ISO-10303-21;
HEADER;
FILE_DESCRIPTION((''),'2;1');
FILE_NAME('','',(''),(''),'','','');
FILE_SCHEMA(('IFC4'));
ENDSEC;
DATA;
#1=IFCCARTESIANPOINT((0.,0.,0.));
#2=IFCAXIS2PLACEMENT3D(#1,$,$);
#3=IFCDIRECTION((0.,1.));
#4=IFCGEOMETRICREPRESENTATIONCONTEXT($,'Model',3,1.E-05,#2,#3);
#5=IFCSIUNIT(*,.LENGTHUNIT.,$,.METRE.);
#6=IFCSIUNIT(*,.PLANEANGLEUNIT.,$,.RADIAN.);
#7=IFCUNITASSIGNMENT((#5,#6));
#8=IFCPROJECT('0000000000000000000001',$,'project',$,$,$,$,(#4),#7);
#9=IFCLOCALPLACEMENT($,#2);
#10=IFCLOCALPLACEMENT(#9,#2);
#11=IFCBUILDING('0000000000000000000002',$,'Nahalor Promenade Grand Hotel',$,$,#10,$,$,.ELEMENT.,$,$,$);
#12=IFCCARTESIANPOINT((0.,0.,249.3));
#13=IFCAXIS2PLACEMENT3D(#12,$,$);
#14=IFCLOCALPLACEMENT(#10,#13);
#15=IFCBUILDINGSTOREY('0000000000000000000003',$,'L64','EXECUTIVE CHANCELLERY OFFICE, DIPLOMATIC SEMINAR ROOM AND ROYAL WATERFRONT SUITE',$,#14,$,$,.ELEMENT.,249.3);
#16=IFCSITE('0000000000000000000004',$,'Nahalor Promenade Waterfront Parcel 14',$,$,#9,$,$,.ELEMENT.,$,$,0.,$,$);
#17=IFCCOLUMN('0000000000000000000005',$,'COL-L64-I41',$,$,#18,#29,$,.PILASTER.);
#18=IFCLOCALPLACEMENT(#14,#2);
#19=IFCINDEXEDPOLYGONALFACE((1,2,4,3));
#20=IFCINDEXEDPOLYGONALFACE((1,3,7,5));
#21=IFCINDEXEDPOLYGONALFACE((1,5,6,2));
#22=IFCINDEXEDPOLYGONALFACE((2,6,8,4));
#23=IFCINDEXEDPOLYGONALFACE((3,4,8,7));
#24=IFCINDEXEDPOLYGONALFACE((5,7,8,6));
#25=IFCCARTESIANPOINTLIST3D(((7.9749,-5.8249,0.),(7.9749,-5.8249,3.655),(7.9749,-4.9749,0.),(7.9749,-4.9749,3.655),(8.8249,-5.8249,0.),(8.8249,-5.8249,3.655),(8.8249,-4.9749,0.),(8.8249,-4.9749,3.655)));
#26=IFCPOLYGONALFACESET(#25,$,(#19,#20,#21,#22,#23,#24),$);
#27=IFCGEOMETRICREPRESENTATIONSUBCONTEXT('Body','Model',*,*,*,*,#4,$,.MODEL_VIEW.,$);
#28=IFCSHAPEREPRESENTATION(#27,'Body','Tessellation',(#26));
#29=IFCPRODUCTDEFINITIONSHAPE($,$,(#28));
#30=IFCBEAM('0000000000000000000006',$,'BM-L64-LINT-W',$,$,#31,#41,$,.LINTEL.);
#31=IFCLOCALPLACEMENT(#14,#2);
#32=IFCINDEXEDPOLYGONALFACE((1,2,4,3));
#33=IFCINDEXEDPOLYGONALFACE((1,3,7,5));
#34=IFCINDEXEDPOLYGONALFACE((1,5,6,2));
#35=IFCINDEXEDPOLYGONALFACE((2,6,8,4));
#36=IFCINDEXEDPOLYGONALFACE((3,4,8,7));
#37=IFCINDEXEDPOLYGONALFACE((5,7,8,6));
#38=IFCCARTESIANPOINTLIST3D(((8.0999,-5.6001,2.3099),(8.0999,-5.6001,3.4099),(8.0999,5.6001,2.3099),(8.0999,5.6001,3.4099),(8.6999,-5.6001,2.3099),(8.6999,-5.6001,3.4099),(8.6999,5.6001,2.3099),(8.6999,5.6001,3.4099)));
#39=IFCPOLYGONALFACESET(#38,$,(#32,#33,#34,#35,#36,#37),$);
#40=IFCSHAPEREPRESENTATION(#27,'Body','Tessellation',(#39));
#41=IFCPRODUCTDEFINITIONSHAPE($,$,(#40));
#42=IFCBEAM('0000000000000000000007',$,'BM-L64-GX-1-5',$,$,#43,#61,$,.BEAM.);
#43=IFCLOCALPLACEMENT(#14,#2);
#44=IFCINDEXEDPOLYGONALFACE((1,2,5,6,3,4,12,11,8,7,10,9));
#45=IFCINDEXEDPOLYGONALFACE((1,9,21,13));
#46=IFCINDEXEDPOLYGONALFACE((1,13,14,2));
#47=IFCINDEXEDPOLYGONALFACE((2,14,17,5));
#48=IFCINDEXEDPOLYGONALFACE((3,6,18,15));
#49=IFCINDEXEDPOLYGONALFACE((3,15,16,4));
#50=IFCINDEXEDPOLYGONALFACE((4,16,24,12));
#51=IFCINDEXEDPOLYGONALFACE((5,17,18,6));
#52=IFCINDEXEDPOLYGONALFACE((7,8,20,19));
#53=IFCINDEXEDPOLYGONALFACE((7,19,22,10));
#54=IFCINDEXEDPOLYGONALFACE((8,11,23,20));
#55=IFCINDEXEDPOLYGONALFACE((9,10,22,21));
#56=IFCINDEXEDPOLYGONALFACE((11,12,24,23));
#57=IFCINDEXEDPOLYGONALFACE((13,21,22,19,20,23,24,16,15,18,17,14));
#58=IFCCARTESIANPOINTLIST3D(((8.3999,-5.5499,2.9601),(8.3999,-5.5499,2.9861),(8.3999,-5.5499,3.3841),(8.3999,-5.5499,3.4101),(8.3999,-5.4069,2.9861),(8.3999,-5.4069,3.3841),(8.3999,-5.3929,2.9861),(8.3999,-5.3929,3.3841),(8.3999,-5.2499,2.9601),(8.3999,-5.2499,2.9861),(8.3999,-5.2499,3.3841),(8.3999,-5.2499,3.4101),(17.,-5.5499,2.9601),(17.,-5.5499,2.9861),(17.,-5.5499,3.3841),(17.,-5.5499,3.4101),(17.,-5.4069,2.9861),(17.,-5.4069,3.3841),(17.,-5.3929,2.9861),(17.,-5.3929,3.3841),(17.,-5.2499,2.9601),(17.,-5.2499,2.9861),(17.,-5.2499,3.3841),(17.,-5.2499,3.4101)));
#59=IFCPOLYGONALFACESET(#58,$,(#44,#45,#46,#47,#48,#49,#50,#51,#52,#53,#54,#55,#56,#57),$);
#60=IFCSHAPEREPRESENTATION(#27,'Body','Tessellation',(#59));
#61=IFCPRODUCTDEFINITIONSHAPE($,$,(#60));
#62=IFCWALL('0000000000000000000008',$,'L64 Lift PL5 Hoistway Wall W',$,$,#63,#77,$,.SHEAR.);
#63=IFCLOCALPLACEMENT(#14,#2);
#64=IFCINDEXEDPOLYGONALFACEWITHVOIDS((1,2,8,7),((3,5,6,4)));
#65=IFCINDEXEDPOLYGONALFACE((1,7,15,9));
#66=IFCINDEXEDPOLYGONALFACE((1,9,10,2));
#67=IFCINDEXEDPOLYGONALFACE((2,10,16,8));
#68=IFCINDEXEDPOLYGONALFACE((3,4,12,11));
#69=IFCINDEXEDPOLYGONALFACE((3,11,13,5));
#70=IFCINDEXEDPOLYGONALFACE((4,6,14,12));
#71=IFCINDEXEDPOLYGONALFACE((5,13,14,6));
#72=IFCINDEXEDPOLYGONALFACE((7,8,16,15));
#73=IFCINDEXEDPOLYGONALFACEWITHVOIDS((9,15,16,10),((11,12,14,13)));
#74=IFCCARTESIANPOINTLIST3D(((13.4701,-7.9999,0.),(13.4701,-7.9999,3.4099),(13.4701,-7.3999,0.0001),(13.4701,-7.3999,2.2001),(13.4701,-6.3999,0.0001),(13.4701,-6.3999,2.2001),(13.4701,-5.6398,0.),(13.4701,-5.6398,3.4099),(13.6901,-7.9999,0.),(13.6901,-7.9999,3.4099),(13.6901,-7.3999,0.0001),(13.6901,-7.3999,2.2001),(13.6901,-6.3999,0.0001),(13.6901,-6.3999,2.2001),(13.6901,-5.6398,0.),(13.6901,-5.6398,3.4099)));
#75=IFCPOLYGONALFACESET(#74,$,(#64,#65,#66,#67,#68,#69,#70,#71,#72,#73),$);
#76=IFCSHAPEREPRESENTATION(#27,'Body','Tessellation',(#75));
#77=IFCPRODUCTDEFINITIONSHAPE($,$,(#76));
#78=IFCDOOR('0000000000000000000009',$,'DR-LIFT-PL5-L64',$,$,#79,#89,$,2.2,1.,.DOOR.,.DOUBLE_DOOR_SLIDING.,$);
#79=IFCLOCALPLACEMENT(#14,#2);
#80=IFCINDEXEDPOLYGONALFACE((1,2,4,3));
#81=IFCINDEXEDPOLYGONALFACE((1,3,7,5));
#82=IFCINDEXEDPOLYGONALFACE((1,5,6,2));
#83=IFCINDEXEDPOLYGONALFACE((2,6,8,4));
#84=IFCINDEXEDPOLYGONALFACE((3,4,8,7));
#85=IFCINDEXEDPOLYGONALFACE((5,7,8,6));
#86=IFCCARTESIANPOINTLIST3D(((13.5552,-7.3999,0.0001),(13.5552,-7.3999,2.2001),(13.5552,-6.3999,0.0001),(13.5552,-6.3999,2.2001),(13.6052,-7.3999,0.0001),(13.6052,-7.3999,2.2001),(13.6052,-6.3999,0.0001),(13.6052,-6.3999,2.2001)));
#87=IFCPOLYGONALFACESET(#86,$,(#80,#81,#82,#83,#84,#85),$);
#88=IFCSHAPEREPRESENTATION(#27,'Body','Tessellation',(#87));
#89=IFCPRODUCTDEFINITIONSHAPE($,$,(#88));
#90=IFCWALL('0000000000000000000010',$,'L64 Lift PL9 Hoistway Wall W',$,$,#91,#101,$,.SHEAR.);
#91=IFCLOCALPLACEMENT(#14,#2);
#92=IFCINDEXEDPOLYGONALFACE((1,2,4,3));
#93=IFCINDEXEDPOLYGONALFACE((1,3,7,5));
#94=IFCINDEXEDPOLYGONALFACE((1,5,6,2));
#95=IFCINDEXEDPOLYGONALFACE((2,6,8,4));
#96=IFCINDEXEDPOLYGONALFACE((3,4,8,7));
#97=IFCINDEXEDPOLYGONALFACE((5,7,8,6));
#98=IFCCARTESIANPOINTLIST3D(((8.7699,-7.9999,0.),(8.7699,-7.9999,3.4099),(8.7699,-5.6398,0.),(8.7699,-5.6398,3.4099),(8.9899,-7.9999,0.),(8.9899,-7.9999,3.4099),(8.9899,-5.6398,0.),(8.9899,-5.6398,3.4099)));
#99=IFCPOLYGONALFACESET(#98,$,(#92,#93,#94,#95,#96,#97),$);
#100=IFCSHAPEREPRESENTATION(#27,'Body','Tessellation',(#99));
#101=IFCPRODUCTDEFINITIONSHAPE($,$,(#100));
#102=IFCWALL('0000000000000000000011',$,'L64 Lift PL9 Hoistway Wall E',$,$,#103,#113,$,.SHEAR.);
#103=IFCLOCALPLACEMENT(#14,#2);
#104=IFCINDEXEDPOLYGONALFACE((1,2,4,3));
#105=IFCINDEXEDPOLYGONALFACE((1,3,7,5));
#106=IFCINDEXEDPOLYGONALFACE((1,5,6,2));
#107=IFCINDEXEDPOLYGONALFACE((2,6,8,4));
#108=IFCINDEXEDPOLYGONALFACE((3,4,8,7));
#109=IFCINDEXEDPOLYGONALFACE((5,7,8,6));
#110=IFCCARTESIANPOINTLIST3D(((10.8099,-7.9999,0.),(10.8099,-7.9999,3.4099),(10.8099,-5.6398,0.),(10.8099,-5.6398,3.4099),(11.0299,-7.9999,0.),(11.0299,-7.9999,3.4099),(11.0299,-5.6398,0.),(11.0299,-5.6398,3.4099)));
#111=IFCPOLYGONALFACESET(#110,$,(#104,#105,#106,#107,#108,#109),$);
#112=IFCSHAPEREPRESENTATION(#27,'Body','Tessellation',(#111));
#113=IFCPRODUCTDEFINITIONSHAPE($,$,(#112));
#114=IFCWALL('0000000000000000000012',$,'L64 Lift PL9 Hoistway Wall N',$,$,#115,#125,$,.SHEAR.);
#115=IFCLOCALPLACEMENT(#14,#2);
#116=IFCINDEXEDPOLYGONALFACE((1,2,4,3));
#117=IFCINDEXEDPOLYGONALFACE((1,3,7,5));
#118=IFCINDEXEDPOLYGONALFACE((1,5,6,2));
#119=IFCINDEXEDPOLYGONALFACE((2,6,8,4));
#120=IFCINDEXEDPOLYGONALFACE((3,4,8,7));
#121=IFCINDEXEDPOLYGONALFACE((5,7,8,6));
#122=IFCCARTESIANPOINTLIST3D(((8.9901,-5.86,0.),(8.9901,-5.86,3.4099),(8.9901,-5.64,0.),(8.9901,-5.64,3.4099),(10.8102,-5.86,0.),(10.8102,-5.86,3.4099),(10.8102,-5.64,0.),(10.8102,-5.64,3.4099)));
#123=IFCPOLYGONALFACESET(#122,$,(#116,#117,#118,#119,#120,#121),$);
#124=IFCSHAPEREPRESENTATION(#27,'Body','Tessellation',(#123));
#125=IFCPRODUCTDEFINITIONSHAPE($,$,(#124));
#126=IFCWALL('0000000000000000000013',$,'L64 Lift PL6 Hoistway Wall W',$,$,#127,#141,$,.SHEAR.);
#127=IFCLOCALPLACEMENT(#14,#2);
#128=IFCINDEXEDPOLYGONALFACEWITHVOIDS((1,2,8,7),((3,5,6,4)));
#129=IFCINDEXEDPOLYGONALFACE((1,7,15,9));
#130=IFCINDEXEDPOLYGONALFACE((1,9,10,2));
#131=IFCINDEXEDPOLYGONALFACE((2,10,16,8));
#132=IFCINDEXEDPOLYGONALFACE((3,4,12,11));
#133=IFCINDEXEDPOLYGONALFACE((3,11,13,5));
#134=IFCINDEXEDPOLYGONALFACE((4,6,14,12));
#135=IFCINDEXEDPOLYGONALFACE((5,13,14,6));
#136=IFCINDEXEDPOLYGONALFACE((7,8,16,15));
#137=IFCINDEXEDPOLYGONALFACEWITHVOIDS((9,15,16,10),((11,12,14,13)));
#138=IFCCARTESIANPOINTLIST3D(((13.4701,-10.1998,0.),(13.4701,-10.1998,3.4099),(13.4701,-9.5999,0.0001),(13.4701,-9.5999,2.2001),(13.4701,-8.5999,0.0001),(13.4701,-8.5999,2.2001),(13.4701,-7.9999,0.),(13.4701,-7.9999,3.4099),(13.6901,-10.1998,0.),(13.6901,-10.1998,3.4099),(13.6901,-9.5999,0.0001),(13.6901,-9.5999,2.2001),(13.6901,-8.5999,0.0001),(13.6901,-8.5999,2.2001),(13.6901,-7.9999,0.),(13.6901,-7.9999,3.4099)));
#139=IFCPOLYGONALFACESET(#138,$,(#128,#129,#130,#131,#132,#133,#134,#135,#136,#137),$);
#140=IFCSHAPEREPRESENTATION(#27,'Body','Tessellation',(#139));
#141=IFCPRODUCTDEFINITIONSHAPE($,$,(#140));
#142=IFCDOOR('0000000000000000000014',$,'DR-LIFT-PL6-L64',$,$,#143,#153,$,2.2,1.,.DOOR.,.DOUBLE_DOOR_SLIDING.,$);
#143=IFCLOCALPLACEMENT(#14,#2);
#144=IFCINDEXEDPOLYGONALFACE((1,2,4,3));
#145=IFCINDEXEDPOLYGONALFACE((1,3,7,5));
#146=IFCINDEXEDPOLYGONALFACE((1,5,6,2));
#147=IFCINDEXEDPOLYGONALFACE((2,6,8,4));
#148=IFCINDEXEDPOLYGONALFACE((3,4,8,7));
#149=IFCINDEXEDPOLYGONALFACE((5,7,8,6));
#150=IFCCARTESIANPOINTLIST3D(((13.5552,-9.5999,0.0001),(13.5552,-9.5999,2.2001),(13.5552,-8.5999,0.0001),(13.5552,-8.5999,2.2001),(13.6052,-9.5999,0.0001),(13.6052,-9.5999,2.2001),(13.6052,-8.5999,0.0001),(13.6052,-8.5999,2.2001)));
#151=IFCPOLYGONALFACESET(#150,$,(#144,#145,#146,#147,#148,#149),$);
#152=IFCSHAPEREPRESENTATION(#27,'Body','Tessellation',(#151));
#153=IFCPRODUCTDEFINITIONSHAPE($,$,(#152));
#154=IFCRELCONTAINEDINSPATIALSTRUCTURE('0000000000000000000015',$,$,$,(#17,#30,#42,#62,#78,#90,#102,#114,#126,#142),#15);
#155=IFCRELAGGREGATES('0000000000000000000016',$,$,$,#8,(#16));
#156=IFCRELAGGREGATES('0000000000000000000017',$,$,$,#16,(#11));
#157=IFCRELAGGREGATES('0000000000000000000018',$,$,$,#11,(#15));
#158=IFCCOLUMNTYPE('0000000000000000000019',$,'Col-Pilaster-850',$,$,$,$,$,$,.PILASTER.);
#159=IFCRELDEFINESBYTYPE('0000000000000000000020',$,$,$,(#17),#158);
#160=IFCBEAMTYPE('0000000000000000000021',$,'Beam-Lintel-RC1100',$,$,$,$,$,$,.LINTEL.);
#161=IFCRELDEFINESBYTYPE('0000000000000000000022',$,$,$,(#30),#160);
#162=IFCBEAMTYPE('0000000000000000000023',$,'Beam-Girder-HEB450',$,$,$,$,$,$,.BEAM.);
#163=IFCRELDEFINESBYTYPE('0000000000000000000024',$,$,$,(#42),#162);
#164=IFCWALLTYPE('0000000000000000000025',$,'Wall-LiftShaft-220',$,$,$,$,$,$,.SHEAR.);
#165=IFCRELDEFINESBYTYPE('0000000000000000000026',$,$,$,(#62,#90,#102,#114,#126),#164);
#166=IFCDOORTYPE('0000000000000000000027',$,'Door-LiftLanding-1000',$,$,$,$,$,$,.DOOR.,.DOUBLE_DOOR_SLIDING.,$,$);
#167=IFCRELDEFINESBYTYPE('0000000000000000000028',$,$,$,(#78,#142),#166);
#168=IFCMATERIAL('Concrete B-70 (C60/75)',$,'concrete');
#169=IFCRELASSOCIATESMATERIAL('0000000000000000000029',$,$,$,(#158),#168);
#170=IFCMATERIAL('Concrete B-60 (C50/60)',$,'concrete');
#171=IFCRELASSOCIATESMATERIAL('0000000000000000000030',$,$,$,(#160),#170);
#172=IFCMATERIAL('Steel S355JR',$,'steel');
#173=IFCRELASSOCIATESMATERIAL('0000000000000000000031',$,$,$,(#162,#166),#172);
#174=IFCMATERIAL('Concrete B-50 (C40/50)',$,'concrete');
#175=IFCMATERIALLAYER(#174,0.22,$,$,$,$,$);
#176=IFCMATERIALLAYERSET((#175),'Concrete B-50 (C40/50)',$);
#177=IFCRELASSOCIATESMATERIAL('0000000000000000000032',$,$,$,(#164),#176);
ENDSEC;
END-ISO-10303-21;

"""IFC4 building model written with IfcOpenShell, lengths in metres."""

from ifc_helpers import new_model, si_unit, direction, frame, frame_2d, origin, origin_2d, place, context, subcontext, project, spatial, rectangle, i_section, extrude, source, transform, mapped, material, layer, layer_set, material_profile, profile_set, type_object, element, fill, save


model = new_model("IFC4")

# Units and contexts
model_context = context("Model", 3, precision=1e-05, world=origin(), true_north=direction((0.0, 1.0)))
body_context = subcontext(model_context, "Body", "Model", "MODEL_VIEW")
ifc_project = project(units=[si_unit("LENGTHUNIT", "METRE"), si_unit("PLANEANGLEUNIT", "RADIAN")], contexts=[model_context])

# Site, building, storey
site_placement = place(None, origin())
site = spatial("IfcSite", under=ifc_project, at=site_placement, Name="Nahalor Promenade Waterfront Parcel 14", CompositionType="ELEMENT", RefElevation=0.0)
building_placement = place(site_placement, origin())
building = spatial("IfcBuilding", under=site, at=building_placement, Name="Nahalor Promenade Grand Hotel", CompositionType="ELEMENT")
storey_placement = place(building_placement, frame((0.0, 0.0, 249.3)))
storey = spatial("IfcBuildingStorey", under=building, at=storey_placement, Name="L64", Description="EXECUTIVE CHANCELLERY OFFICE, DIPLOMATIC SEMINAR ROOM AND ROYAL WATERFRONT SUITE", CompositionType="ELEMENT", Elevation=249.3)

# Column
ifc_material_1 = material(Name="Concrete B-70 (C60/75)", Category="concrete")
ifc_material_profile_1 = material_profile(ifc_material_1, rectangle(XDim=0.85, YDim=0.85, at=origin_2d()), Name="RC 850x850")
ifc_profile_set_1 = profile_set([ifc_material_profile_1], Name="Concrete B-70 (C60/75)")
column_type = type_object("IfcColumnType", Name="Col-Pilaster-850", PredefinedType="PILASTER", material=ifc_profile_set_1)
shared_shape_1 = source(origin(), body_context, "Body", "SweptSolid", [
    extrude(rectangle(XDim=0.85, YDim=0.85, at=origin_2d()), origin(), (0.0, 0.0, 1.0), 3.655),
])
column_placement = place(storey_placement, frame((8.3999, -5.3999, 0.0), z_axis=(0.0, 0.0, 1.0), x_axis=(1.0, 0.0, 0.0)))
element("IfcColumn", 1, at=column_placement, inside=storey, type_object=column_type, Name="COL-L64-I41", PredefinedType="PILASTER", context=body_context, shape_type="MappedRepresentation", body=[
    mapped(shared_shape_1, transform((0.0, 0.0, 0.0), scale=1.0)),
])

# Beams
ifc_material_2 = material(Name="Concrete B-60 (C50/60)", Category="concrete")
ifc_material_profile_2 = material_profile(ifc_material_2, rectangle(XDim=0.6, YDim=1.1, at=origin_2d()), Name="RC 600x1100")
ifc_profile_set_2 = profile_set([ifc_material_profile_2], Name="Concrete B-60 (C50/60)")
beam_type_1 = type_object("IfcBeamType", Name="Beam-Lintel-RC1100", PredefinedType="LINTEL", material=ifc_profile_set_2)
shared_shape_2 = source(origin(), body_context, "Body", "SweptSolid", [
    extrude(rectangle(XDim=0.6, YDim=1.1, at=origin_2d()), origin(), (0.0, 0.0, 1.0), 11.2002),
])
beam_1_placement = place(storey_placement, frame((8.3999, -5.6001, 2.8599), z_axis=(0.0, 1.0, 0.0), x_axis=(-1.0, 0.0, 0.0)))
element("IfcBeam", 2, at=beam_1_placement, inside=storey, type_object=beam_type_1, Name="BM-L64-LINT-W", PredefinedType="LINTEL", context=body_context, shape_type="MappedRepresentation", body=[
    mapped(shared_shape_2, transform((0.0, 0.0, 0.0), scale=1.0)),
])
ifc_material_3 = material(Name="Steel S355JR", Category="steel")
ifc_material_profile_3 = material_profile(ifc_material_3, i_section(OverallWidth=0.3, OverallDepth=0.45, WebThickness=0.014, FlangeThickness=0.026, at=origin_2d()), Name="HEB 450")
ifc_profile_set_3 = profile_set([ifc_material_profile_3], Name="Steel S355JR")
beam_type_2 = type_object("IfcBeamType", Name="Beam-Girder-HEB450", PredefinedType="BEAM", material=ifc_profile_set_3)
shared_shape_3 = source(origin(), body_context, "Body", "SweptSolid", [
    extrude(i_section(OverallWidth=0.3, OverallDepth=0.45, WebThickness=0.014, FlangeThickness=0.026, at=origin_2d()), origin(), (0.0, 0.0, 1.0), 8.6001),
])
beam_2_placement = place(storey_placement, frame((8.3999, -5.3999, 3.1851), z_axis=(1.0, 0.0, 0.0), x_axis=(0.0, 1.0, 0.0)))
element("IfcBeam", 3, at=beam_2_placement, inside=storey, type_object=beam_type_2, Name="BM-L64-GX-1-5", PredefinedType="BEAM", context=body_context, shape_type="MappedRepresentation", body=[
    mapped(shared_shape_3, transform((0.0, 0.0, 0.0), scale=1.0)),
])

# Wall, opening, door
ifc_material_4 = material(Name="Concrete B-50 (C40/50)", Category="concrete")
ifc_layer_1 = layer(ifc_material_4, 0.22)
ifc_layer_set_1 = layer_set([ifc_layer_1], Name="Concrete B-50 (C40/50)")
wall_type_1 = type_object("IfcWallType", Name="Wall-LiftShaft-220", PredefinedType="SHEAR", material=ifc_layer_set_1)
shared_shape_4 = source(origin(), body_context, "Body", "SweptSolid", [
    extrude(rectangle(XDim=2.3601, YDim=0.22, at=frame_2d((1.1802, 0.0))), origin(), (0.0, 0.0, 1.0), 3.4099),
])
wall_1_placement = place(storey_placement, frame((13.5801, -8.0, 0.0), z_axis=(0.0, 0.0, 1.0), x_axis=(0.0, 1.0, 0.0)))
wall_1 = element("IfcWall", 4, at=wall_1_placement, inside=storey, type_object=wall_type_1, Name="L64 Lift PL5 Hoistway Wall W", PredefinedType="SHEAR", context=body_context, shape_type="MappedRepresentation", body=[
    mapped(shared_shape_4, transform((0.0, 0.0, 0.0), scale=1.0)),
])
opening_1_placement = place(wall_1_placement, frame((0.6001, 0.0, 0.0)))
opening_1 = element("IfcOpeningElement", 5, at=opening_1_placement, cuts=wall_1, PredefinedType="OPENING", context=body_context, shape_type="SweptSolid", body=[
    extrude(rectangle(XDim=1.0, YDim=2.2, at=frame_2d((0.5, 1.1001))), frame((0.0, 0.1199, 0.0), z_axis=(0.0, -1.0, 0.0), x_axis=(1.0, 0.0, 0.0)), (0.0, 0.0, 1.0), 0.24),
])
door_type = type_object("IfcDoorType", Name="Door-LiftLanding-1000", OperationType="DOUBLE_DOOR_SLIDING", PredefinedType="DOOR", material=ifc_material_3)
shared_shape_5 = source(origin(), body_context, "Body", "SweptSolid", [
    extrude(rectangle(XDim=1.0, YDim=2.2, at=frame_2d((0.5, 1.1001))), frame((0.0, 0.0249, 0.0), z_axis=(0.0, -1.0, 0.0), x_axis=(1.0, 0.0, 0.0)), (0.0, 0.0, 1.0), 0.05),
])
door_1_placement = place(opening_1_placement, origin())
door_1 = element("IfcDoor", 6, at=door_1_placement, inside=storey, type_object=door_type, Name="DR-LIFT-PL5-L64", OperationType="DOUBLE_DOOR_SLIDING", OverallHeight=2.2, OverallWidth=1.0, PredefinedType="DOOR", context=body_context, shape_type="MappedRepresentation", body=[
    mapped(shared_shape_5, transform((0.0, 0.0, 0.0), scale=1.0)),
])
fill(opening_1, door_1)

# Walls
for number, where, z_axis, x_axis, name in (
    (7, (8.8799, -8.0, 0.0), (0.0, 0.0, 1.0), (0.0, 1.0, 0.0), "L64 Lift PL9 Hoistway Wall W"),
    (8, (10.9199, -8.0, 0.0), (0.0, 0.0, 1.0), (0.0, 1.0, 0.0), "L64 Lift PL9 Hoistway Wall E"),
):
    element("IfcWall", number, at=place(storey_placement, frame(where, z_axis=z_axis, x_axis=x_axis)), inside=storey, type_object=wall_type_1, Name=name, PredefinedType="SHEAR", context=body_context, shape_type="MappedRepresentation", body=[
        mapped(shared_shape_4, transform((0.0, 0.0, 0.0), scale=1.0)),
    ])
shared_shape_6 = source(origin(), body_context, "Body", "SweptSolid", [
    extrude(rectangle(XDim=1.8201, YDim=0.22, at=frame_2d((0.9102, 0.0))), origin(), (0.0, 0.0, 1.0), 3.4099),
])
wall_2_placement = place(storey_placement, frame((8.99, -5.75, 0.0), z_axis=(0.0, 0.0, 1.0), x_axis=(1.0, 0.0, 0.0)))
element("IfcWall", 9, at=wall_2_placement, inside=storey, type_object=wall_type_1, Name="L64 Lift PL9 Hoistway Wall N", PredefinedType="SHEAR", context=body_context, shape_type="MappedRepresentation", body=[
    mapped(shared_shape_6, transform((0.0, 0.0, 0.0), scale=1.0)),
])

# Wall, opening, door
shared_shape_7 = source(origin(), body_context, "Body", "SweptSolid", [
    extrude(rectangle(XDim=2.2, YDim=0.22, at=frame_2d((1.1001, 0.0))), origin(), (0.0, 0.0, 1.0), 3.4099),
])
wall_3_placement = place(storey_placement, frame((13.5801, -10.2, 0.0), z_axis=(0.0, 0.0, 1.0), x_axis=(0.0, 1.0, 0.0)))
wall_3 = element("IfcWall", 10, at=wall_3_placement, inside=storey, type_object=wall_type_1, Name="L64 Lift PL6 Hoistway Wall W", PredefinedType="SHEAR", context=body_context, shape_type="MappedRepresentation", body=[
    mapped(shared_shape_7, transform((0.0, 0.0, 0.0), scale=1.0)),
])
opening_2_placement = place(wall_3_placement, frame((0.6001, 0.0, 0.0)))
opening_2 = element("IfcOpeningElement", 11, at=opening_2_placement, cuts=wall_3, PredefinedType="OPENING", context=body_context, shape_type="SweptSolid", body=[
    extrude(rectangle(XDim=1.0, YDim=2.2, at=frame_2d((0.5, 1.1001))), frame((0.0, 0.1199, 0.0), z_axis=(0.0, -1.0, 0.0), x_axis=(1.0, 0.0, 0.0)), (0.0, 0.0, 1.0), 0.24),
])
door_2_placement = place(opening_2_placement, origin())
door_2 = element("IfcDoor", 12, at=door_2_placement, inside=storey, type_object=door_type, Name="DR-LIFT-PL6-L64", OperationType="DOUBLE_DOOR_SLIDING", OverallHeight=2.2, OverallWidth=1.0, PredefinedType="DOOR", context=body_context, shape_type="MappedRepresentation", body=[
    mapped(shared_shape_5, transform((0.0, 0.0, 0.0), scale=1.0)),
])
fill(opening_2, door_2)

save(model, "model.ifc")
